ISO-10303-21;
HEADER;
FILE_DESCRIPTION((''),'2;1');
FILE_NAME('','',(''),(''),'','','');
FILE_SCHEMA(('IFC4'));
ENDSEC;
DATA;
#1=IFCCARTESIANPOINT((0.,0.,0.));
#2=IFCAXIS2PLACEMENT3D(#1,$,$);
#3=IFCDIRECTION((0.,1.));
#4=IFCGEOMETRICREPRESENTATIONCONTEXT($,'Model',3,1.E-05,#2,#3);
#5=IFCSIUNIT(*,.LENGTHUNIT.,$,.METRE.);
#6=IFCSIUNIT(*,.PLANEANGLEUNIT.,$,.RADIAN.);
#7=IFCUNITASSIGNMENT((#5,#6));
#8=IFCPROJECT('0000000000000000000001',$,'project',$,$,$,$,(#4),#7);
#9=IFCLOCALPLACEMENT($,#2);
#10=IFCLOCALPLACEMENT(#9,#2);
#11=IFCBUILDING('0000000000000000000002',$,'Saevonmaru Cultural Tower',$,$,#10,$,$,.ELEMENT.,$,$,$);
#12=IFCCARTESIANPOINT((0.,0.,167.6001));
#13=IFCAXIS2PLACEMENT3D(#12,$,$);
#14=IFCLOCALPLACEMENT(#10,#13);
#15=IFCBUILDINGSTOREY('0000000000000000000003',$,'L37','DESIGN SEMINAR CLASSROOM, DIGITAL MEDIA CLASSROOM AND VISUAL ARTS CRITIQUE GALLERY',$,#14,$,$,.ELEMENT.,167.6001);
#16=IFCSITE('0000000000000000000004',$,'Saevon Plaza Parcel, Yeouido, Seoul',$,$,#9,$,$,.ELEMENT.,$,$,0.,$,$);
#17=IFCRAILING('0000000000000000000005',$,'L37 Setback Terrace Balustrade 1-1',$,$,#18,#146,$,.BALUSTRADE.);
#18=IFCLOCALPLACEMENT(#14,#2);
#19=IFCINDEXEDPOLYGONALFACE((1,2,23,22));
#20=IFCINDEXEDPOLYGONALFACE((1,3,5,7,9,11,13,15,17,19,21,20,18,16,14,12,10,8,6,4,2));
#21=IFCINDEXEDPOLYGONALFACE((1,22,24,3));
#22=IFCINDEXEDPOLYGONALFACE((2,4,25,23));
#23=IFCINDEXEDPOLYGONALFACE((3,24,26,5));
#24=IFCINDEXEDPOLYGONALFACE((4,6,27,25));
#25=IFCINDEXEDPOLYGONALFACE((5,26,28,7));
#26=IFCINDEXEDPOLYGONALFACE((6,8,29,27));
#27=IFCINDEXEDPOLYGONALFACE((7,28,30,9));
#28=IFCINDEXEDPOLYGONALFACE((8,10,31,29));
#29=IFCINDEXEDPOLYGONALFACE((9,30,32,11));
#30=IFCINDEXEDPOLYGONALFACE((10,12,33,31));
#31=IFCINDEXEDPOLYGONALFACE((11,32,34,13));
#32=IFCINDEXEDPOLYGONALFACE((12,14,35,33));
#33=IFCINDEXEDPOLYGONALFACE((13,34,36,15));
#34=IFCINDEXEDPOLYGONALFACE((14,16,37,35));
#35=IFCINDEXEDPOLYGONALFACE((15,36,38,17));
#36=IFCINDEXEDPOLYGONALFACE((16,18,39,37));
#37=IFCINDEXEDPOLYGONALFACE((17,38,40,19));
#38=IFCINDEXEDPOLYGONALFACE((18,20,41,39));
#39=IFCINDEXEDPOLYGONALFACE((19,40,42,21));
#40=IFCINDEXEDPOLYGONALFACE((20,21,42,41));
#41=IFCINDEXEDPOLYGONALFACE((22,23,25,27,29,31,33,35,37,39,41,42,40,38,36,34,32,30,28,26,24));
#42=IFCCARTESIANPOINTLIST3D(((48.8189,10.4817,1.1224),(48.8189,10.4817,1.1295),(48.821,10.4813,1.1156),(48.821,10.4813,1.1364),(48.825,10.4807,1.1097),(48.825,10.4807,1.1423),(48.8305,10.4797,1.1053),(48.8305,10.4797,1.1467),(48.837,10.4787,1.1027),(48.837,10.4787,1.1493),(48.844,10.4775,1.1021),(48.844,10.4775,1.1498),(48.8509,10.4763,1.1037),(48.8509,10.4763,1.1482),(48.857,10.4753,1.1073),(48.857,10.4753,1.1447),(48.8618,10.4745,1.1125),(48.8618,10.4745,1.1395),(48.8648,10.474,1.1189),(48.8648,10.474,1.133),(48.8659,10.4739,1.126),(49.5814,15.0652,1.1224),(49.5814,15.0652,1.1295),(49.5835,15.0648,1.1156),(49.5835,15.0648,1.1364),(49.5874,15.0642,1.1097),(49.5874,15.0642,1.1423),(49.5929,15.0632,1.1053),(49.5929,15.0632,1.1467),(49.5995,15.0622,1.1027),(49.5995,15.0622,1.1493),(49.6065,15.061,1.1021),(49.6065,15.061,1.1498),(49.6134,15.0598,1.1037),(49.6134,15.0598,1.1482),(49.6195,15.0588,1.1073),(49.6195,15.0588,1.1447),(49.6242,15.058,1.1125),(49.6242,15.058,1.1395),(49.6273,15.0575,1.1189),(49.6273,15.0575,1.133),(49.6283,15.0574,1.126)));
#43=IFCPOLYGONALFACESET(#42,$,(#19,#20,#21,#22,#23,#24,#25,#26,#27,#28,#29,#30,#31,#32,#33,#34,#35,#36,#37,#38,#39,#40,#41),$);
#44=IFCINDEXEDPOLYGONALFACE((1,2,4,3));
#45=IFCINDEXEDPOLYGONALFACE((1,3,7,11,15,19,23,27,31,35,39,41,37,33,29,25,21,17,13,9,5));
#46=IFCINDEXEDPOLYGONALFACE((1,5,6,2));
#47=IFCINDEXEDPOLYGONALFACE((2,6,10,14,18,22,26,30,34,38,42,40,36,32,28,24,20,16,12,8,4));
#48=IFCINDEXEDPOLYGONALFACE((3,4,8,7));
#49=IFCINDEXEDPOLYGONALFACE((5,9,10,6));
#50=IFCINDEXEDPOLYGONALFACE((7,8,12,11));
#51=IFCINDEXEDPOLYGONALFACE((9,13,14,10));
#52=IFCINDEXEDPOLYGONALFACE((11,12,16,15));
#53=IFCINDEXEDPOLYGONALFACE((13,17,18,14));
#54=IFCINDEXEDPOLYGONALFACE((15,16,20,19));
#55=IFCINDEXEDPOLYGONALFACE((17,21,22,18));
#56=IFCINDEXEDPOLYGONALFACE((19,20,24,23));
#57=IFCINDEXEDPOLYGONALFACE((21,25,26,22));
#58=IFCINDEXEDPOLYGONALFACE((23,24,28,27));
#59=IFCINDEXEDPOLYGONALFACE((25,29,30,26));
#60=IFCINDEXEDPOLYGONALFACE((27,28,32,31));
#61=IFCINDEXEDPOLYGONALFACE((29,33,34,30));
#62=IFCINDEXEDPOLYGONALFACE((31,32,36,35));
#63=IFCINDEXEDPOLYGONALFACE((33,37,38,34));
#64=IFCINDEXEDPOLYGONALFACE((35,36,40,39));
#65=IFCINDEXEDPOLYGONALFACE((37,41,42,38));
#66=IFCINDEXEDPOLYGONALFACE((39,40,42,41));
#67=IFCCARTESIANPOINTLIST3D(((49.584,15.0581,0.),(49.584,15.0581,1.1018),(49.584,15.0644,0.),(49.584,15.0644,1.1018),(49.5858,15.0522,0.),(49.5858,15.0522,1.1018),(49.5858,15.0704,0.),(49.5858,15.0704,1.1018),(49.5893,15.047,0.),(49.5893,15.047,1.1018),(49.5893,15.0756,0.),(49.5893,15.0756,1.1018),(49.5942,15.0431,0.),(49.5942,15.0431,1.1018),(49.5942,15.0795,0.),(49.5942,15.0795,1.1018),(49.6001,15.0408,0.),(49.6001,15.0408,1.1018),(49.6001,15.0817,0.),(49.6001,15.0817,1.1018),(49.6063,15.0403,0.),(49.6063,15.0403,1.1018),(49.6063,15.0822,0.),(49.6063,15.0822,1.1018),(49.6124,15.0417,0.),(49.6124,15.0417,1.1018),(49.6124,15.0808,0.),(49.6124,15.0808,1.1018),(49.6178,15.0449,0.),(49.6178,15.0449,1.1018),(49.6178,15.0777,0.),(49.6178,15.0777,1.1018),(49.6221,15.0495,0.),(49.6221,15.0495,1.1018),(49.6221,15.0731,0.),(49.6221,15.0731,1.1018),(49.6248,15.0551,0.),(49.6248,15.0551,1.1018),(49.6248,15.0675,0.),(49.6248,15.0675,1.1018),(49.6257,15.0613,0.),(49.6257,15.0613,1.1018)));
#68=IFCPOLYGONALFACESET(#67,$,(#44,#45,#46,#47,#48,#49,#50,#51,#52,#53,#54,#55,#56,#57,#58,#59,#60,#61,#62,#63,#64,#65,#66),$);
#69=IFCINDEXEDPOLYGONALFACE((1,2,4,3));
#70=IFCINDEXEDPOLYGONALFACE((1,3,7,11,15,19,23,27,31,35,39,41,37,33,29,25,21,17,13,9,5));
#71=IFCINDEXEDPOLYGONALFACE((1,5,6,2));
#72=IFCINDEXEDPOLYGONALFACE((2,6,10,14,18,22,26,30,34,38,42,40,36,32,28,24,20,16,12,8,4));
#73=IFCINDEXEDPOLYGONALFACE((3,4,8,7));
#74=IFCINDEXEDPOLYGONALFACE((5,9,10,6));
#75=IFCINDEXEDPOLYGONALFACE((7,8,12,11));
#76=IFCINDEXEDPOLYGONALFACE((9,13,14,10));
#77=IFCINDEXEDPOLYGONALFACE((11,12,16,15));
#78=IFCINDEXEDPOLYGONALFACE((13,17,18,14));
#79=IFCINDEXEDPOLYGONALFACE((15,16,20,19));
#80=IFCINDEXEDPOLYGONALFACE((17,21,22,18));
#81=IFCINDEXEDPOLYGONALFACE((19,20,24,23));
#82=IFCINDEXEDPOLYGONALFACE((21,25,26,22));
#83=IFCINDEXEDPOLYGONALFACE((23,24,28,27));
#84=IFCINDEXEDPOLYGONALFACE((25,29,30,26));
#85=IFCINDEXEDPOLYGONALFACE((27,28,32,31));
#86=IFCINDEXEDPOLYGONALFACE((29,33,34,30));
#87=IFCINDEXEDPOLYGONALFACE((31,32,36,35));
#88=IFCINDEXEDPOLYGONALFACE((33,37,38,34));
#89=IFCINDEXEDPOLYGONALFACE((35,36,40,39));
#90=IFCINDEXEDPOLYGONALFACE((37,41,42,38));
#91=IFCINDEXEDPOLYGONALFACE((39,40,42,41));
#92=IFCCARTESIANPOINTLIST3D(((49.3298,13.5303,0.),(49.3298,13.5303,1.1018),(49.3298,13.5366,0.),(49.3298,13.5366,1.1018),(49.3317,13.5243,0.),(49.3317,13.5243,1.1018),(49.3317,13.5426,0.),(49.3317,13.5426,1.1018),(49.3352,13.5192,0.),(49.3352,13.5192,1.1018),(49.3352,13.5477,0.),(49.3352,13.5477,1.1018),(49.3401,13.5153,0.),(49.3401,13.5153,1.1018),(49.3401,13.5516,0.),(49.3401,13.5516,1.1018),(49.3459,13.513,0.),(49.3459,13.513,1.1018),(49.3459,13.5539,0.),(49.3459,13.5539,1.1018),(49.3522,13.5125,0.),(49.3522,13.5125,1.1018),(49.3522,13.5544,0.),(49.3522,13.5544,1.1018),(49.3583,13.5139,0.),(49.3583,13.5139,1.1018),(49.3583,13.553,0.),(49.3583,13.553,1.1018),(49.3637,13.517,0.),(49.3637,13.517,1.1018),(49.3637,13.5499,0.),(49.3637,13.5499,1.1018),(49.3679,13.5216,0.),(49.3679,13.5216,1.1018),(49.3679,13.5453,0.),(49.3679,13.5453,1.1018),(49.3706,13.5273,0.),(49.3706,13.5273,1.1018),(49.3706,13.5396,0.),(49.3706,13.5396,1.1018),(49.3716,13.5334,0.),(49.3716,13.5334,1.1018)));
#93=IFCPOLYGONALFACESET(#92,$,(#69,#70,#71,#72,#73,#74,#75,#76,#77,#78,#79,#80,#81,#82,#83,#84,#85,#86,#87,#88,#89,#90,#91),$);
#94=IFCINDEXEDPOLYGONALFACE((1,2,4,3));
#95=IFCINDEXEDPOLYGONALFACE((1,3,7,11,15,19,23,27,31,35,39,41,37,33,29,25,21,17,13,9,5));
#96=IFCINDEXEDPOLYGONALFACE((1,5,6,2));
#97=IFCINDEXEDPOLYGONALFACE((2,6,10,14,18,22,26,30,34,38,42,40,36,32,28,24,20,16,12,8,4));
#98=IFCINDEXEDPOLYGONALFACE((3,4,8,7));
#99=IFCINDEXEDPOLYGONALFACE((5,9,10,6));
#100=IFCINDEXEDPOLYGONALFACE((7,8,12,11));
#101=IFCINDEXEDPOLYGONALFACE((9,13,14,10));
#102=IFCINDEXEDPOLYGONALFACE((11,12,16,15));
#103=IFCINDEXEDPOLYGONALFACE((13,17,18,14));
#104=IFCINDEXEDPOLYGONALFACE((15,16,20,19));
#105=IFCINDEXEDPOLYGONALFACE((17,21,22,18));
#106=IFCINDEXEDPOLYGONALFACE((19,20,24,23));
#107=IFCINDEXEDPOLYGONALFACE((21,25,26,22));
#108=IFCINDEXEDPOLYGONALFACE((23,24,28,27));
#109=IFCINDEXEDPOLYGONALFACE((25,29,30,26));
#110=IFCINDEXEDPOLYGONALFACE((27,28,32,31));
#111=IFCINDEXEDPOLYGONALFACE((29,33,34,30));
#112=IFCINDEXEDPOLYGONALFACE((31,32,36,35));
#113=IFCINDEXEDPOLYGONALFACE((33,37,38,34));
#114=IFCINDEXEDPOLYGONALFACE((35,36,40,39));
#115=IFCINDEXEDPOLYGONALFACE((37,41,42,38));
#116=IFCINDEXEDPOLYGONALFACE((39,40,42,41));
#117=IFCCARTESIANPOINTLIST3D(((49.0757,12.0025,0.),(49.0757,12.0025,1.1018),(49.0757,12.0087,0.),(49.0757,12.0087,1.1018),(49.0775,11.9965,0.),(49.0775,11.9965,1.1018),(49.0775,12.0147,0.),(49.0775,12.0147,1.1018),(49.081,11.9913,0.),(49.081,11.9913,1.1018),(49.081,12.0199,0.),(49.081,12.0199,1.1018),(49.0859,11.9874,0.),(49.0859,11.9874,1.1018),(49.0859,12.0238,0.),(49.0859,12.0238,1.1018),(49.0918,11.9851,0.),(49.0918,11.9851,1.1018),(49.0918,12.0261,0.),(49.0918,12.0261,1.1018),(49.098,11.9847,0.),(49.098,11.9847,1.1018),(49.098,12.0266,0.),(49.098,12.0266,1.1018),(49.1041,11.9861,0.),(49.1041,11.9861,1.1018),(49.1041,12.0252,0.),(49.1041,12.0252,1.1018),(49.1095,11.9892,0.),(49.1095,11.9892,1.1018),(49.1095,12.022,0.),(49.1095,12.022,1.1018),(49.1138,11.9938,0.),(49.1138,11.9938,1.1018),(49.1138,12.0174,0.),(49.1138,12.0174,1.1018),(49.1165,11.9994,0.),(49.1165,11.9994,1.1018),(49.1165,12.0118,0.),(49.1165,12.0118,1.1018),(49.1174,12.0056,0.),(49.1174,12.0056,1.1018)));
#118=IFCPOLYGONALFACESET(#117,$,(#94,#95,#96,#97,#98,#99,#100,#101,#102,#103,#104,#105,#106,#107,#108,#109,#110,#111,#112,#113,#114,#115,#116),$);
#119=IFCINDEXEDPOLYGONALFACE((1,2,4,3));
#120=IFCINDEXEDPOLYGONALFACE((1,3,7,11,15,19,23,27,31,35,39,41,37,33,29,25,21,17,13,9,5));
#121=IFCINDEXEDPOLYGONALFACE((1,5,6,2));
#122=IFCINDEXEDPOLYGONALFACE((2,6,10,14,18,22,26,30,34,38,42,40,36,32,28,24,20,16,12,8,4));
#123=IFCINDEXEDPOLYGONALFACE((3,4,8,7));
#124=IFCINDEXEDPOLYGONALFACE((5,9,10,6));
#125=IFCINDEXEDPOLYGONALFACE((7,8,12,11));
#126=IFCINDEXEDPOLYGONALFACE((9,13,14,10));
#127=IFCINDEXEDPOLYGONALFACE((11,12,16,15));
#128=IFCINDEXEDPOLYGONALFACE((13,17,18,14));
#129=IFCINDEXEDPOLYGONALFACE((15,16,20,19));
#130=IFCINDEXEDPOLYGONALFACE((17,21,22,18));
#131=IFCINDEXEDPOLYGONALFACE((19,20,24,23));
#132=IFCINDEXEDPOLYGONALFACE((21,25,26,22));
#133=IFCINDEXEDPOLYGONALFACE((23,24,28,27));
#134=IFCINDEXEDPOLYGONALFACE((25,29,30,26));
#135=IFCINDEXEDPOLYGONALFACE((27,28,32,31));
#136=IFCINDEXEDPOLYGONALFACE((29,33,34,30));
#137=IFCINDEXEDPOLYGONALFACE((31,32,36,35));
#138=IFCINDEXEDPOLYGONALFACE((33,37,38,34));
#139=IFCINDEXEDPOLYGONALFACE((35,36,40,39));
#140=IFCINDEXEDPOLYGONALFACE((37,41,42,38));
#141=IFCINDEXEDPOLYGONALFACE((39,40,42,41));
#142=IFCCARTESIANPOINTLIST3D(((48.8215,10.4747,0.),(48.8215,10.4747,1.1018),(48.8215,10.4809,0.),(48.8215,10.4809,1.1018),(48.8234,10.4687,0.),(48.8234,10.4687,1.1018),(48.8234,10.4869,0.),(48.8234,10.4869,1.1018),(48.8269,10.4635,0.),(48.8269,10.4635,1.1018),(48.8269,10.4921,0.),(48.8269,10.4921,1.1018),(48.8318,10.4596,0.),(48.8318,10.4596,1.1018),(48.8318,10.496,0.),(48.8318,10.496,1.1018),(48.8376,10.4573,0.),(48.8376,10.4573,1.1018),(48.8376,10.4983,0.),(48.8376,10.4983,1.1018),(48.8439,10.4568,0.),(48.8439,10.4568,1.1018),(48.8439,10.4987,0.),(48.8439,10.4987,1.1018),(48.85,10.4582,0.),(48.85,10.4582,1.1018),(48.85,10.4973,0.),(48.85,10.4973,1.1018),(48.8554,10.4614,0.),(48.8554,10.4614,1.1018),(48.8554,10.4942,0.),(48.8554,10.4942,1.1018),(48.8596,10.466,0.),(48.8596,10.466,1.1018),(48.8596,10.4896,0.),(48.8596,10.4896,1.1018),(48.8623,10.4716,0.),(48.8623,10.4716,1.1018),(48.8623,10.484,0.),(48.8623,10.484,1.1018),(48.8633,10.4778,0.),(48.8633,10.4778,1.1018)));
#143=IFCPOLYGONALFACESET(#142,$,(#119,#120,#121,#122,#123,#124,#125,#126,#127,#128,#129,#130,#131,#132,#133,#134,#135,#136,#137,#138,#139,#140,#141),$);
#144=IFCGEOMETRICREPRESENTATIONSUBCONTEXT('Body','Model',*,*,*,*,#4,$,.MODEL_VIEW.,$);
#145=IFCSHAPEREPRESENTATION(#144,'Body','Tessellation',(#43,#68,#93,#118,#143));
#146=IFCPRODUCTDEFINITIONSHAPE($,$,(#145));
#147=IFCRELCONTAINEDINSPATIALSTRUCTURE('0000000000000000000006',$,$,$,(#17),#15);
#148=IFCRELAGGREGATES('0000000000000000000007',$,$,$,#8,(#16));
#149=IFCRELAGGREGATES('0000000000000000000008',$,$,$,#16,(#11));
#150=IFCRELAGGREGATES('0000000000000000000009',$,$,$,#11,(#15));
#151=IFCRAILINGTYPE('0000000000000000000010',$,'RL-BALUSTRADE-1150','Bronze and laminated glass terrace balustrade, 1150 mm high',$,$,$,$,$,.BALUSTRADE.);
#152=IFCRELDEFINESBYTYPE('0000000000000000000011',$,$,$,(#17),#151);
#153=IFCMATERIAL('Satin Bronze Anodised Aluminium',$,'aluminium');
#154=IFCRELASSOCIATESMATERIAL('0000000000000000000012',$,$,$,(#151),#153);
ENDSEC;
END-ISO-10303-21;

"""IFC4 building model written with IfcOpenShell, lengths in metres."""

from ifc_helpers import new_model, si_unit, direction, frame, origin, origin_2d, place, context, subcontext, project, spatial, circle, extrude, material, type_object, element, save


model = new_model("IFC4")

# Units and contexts
model_context = context("Model", 3, precision=1e-05, world=origin(), true_north=direction((0.0, 1.0)))
body_context = subcontext(model_context, "Body", "Model", "MODEL_VIEW")
ifc_project = project(units=[si_unit("LENGTHUNIT", "METRE"), si_unit("PLANEANGLEUNIT", "RADIAN")], contexts=[model_context])

# Site, building, storey
site_placement = place(None, origin())
site = spatial("IfcSite", under=ifc_project, at=site_placement, Name="Saevon Plaza Parcel, Yeouido, Seoul", CompositionType="ELEMENT", RefElevation=0.0)
building_placement = place(site_placement, origin())
building = spatial("IfcBuilding", under=site, at=building_placement, Name="Saevonmaru Cultural Tower", CompositionType="ELEMENT")
storey_placement = place(building_placement, frame((0.0, 0.0, 167.6001)))
storey = spatial("IfcBuildingStorey", under=building, at=storey_placement, Name="L37", Description="DESIGN SEMINAR CLASSROOM, DIGITAL MEDIA CLASSROOM AND VISUAL ARTS CRITIQUE GALLERY", CompositionType="ELEMENT", Elevation=167.6001)

# Shared definitions
ifc_material_1 = material(Name="Satin Bronze Anodised Aluminium", Category="aluminium")

# Railing
railing_type = type_object("IfcRailingType", Name="RL-BALUSTRADE-1150", Description="Bronze and laminated glass terrace balustrade, 1150 mm high", PredefinedType="BALUSTRADE", material=ifc_material_1)
railing_1_placement = place(storey_placement, frame((49.6047, 15.0613, 0.0)))
element("IfcRailing", 1, at=railing_1_placement, inside=storey, type_object=railing_type, Name="L37 Setback Terrace Balustrade 1-1", PredefinedType="BALUSTRADE", context=body_context, shape_type="SweptSolid", body=[
    extrude(circle(Radius=0.0239, at=origin_2d()), frame((0.0, 0.0, 1.126), z_axis=(-0.164092, -0.986445, 0.0), x_axis=(0.986445, -0.164092, 0.0)), (0.0, 0.0, 1.0), 4.6465),
    extrude(circle(Radius=0.021, at=origin_2d()), origin(), (0.0, 0.0, 1.0), 1.1018),
    extrude(circle(Radius=0.021, at=origin_2d()), frame((-0.2542, -1.5278, 0.0)), (0.0, 0.0, 1.0), 1.1018),
    extrude(circle(Radius=0.021, at=origin_2d()), frame((-0.5083, -3.0557, 0.0)), (0.0, 0.0, 1.0), 1.1018),
    extrude(circle(Radius=0.021, at=origin_2d()), frame((-0.7625, -4.5835, 0.0)), (0.0, 0.0, 1.0), 1.1018),
])

save(model, "model.ifc")
